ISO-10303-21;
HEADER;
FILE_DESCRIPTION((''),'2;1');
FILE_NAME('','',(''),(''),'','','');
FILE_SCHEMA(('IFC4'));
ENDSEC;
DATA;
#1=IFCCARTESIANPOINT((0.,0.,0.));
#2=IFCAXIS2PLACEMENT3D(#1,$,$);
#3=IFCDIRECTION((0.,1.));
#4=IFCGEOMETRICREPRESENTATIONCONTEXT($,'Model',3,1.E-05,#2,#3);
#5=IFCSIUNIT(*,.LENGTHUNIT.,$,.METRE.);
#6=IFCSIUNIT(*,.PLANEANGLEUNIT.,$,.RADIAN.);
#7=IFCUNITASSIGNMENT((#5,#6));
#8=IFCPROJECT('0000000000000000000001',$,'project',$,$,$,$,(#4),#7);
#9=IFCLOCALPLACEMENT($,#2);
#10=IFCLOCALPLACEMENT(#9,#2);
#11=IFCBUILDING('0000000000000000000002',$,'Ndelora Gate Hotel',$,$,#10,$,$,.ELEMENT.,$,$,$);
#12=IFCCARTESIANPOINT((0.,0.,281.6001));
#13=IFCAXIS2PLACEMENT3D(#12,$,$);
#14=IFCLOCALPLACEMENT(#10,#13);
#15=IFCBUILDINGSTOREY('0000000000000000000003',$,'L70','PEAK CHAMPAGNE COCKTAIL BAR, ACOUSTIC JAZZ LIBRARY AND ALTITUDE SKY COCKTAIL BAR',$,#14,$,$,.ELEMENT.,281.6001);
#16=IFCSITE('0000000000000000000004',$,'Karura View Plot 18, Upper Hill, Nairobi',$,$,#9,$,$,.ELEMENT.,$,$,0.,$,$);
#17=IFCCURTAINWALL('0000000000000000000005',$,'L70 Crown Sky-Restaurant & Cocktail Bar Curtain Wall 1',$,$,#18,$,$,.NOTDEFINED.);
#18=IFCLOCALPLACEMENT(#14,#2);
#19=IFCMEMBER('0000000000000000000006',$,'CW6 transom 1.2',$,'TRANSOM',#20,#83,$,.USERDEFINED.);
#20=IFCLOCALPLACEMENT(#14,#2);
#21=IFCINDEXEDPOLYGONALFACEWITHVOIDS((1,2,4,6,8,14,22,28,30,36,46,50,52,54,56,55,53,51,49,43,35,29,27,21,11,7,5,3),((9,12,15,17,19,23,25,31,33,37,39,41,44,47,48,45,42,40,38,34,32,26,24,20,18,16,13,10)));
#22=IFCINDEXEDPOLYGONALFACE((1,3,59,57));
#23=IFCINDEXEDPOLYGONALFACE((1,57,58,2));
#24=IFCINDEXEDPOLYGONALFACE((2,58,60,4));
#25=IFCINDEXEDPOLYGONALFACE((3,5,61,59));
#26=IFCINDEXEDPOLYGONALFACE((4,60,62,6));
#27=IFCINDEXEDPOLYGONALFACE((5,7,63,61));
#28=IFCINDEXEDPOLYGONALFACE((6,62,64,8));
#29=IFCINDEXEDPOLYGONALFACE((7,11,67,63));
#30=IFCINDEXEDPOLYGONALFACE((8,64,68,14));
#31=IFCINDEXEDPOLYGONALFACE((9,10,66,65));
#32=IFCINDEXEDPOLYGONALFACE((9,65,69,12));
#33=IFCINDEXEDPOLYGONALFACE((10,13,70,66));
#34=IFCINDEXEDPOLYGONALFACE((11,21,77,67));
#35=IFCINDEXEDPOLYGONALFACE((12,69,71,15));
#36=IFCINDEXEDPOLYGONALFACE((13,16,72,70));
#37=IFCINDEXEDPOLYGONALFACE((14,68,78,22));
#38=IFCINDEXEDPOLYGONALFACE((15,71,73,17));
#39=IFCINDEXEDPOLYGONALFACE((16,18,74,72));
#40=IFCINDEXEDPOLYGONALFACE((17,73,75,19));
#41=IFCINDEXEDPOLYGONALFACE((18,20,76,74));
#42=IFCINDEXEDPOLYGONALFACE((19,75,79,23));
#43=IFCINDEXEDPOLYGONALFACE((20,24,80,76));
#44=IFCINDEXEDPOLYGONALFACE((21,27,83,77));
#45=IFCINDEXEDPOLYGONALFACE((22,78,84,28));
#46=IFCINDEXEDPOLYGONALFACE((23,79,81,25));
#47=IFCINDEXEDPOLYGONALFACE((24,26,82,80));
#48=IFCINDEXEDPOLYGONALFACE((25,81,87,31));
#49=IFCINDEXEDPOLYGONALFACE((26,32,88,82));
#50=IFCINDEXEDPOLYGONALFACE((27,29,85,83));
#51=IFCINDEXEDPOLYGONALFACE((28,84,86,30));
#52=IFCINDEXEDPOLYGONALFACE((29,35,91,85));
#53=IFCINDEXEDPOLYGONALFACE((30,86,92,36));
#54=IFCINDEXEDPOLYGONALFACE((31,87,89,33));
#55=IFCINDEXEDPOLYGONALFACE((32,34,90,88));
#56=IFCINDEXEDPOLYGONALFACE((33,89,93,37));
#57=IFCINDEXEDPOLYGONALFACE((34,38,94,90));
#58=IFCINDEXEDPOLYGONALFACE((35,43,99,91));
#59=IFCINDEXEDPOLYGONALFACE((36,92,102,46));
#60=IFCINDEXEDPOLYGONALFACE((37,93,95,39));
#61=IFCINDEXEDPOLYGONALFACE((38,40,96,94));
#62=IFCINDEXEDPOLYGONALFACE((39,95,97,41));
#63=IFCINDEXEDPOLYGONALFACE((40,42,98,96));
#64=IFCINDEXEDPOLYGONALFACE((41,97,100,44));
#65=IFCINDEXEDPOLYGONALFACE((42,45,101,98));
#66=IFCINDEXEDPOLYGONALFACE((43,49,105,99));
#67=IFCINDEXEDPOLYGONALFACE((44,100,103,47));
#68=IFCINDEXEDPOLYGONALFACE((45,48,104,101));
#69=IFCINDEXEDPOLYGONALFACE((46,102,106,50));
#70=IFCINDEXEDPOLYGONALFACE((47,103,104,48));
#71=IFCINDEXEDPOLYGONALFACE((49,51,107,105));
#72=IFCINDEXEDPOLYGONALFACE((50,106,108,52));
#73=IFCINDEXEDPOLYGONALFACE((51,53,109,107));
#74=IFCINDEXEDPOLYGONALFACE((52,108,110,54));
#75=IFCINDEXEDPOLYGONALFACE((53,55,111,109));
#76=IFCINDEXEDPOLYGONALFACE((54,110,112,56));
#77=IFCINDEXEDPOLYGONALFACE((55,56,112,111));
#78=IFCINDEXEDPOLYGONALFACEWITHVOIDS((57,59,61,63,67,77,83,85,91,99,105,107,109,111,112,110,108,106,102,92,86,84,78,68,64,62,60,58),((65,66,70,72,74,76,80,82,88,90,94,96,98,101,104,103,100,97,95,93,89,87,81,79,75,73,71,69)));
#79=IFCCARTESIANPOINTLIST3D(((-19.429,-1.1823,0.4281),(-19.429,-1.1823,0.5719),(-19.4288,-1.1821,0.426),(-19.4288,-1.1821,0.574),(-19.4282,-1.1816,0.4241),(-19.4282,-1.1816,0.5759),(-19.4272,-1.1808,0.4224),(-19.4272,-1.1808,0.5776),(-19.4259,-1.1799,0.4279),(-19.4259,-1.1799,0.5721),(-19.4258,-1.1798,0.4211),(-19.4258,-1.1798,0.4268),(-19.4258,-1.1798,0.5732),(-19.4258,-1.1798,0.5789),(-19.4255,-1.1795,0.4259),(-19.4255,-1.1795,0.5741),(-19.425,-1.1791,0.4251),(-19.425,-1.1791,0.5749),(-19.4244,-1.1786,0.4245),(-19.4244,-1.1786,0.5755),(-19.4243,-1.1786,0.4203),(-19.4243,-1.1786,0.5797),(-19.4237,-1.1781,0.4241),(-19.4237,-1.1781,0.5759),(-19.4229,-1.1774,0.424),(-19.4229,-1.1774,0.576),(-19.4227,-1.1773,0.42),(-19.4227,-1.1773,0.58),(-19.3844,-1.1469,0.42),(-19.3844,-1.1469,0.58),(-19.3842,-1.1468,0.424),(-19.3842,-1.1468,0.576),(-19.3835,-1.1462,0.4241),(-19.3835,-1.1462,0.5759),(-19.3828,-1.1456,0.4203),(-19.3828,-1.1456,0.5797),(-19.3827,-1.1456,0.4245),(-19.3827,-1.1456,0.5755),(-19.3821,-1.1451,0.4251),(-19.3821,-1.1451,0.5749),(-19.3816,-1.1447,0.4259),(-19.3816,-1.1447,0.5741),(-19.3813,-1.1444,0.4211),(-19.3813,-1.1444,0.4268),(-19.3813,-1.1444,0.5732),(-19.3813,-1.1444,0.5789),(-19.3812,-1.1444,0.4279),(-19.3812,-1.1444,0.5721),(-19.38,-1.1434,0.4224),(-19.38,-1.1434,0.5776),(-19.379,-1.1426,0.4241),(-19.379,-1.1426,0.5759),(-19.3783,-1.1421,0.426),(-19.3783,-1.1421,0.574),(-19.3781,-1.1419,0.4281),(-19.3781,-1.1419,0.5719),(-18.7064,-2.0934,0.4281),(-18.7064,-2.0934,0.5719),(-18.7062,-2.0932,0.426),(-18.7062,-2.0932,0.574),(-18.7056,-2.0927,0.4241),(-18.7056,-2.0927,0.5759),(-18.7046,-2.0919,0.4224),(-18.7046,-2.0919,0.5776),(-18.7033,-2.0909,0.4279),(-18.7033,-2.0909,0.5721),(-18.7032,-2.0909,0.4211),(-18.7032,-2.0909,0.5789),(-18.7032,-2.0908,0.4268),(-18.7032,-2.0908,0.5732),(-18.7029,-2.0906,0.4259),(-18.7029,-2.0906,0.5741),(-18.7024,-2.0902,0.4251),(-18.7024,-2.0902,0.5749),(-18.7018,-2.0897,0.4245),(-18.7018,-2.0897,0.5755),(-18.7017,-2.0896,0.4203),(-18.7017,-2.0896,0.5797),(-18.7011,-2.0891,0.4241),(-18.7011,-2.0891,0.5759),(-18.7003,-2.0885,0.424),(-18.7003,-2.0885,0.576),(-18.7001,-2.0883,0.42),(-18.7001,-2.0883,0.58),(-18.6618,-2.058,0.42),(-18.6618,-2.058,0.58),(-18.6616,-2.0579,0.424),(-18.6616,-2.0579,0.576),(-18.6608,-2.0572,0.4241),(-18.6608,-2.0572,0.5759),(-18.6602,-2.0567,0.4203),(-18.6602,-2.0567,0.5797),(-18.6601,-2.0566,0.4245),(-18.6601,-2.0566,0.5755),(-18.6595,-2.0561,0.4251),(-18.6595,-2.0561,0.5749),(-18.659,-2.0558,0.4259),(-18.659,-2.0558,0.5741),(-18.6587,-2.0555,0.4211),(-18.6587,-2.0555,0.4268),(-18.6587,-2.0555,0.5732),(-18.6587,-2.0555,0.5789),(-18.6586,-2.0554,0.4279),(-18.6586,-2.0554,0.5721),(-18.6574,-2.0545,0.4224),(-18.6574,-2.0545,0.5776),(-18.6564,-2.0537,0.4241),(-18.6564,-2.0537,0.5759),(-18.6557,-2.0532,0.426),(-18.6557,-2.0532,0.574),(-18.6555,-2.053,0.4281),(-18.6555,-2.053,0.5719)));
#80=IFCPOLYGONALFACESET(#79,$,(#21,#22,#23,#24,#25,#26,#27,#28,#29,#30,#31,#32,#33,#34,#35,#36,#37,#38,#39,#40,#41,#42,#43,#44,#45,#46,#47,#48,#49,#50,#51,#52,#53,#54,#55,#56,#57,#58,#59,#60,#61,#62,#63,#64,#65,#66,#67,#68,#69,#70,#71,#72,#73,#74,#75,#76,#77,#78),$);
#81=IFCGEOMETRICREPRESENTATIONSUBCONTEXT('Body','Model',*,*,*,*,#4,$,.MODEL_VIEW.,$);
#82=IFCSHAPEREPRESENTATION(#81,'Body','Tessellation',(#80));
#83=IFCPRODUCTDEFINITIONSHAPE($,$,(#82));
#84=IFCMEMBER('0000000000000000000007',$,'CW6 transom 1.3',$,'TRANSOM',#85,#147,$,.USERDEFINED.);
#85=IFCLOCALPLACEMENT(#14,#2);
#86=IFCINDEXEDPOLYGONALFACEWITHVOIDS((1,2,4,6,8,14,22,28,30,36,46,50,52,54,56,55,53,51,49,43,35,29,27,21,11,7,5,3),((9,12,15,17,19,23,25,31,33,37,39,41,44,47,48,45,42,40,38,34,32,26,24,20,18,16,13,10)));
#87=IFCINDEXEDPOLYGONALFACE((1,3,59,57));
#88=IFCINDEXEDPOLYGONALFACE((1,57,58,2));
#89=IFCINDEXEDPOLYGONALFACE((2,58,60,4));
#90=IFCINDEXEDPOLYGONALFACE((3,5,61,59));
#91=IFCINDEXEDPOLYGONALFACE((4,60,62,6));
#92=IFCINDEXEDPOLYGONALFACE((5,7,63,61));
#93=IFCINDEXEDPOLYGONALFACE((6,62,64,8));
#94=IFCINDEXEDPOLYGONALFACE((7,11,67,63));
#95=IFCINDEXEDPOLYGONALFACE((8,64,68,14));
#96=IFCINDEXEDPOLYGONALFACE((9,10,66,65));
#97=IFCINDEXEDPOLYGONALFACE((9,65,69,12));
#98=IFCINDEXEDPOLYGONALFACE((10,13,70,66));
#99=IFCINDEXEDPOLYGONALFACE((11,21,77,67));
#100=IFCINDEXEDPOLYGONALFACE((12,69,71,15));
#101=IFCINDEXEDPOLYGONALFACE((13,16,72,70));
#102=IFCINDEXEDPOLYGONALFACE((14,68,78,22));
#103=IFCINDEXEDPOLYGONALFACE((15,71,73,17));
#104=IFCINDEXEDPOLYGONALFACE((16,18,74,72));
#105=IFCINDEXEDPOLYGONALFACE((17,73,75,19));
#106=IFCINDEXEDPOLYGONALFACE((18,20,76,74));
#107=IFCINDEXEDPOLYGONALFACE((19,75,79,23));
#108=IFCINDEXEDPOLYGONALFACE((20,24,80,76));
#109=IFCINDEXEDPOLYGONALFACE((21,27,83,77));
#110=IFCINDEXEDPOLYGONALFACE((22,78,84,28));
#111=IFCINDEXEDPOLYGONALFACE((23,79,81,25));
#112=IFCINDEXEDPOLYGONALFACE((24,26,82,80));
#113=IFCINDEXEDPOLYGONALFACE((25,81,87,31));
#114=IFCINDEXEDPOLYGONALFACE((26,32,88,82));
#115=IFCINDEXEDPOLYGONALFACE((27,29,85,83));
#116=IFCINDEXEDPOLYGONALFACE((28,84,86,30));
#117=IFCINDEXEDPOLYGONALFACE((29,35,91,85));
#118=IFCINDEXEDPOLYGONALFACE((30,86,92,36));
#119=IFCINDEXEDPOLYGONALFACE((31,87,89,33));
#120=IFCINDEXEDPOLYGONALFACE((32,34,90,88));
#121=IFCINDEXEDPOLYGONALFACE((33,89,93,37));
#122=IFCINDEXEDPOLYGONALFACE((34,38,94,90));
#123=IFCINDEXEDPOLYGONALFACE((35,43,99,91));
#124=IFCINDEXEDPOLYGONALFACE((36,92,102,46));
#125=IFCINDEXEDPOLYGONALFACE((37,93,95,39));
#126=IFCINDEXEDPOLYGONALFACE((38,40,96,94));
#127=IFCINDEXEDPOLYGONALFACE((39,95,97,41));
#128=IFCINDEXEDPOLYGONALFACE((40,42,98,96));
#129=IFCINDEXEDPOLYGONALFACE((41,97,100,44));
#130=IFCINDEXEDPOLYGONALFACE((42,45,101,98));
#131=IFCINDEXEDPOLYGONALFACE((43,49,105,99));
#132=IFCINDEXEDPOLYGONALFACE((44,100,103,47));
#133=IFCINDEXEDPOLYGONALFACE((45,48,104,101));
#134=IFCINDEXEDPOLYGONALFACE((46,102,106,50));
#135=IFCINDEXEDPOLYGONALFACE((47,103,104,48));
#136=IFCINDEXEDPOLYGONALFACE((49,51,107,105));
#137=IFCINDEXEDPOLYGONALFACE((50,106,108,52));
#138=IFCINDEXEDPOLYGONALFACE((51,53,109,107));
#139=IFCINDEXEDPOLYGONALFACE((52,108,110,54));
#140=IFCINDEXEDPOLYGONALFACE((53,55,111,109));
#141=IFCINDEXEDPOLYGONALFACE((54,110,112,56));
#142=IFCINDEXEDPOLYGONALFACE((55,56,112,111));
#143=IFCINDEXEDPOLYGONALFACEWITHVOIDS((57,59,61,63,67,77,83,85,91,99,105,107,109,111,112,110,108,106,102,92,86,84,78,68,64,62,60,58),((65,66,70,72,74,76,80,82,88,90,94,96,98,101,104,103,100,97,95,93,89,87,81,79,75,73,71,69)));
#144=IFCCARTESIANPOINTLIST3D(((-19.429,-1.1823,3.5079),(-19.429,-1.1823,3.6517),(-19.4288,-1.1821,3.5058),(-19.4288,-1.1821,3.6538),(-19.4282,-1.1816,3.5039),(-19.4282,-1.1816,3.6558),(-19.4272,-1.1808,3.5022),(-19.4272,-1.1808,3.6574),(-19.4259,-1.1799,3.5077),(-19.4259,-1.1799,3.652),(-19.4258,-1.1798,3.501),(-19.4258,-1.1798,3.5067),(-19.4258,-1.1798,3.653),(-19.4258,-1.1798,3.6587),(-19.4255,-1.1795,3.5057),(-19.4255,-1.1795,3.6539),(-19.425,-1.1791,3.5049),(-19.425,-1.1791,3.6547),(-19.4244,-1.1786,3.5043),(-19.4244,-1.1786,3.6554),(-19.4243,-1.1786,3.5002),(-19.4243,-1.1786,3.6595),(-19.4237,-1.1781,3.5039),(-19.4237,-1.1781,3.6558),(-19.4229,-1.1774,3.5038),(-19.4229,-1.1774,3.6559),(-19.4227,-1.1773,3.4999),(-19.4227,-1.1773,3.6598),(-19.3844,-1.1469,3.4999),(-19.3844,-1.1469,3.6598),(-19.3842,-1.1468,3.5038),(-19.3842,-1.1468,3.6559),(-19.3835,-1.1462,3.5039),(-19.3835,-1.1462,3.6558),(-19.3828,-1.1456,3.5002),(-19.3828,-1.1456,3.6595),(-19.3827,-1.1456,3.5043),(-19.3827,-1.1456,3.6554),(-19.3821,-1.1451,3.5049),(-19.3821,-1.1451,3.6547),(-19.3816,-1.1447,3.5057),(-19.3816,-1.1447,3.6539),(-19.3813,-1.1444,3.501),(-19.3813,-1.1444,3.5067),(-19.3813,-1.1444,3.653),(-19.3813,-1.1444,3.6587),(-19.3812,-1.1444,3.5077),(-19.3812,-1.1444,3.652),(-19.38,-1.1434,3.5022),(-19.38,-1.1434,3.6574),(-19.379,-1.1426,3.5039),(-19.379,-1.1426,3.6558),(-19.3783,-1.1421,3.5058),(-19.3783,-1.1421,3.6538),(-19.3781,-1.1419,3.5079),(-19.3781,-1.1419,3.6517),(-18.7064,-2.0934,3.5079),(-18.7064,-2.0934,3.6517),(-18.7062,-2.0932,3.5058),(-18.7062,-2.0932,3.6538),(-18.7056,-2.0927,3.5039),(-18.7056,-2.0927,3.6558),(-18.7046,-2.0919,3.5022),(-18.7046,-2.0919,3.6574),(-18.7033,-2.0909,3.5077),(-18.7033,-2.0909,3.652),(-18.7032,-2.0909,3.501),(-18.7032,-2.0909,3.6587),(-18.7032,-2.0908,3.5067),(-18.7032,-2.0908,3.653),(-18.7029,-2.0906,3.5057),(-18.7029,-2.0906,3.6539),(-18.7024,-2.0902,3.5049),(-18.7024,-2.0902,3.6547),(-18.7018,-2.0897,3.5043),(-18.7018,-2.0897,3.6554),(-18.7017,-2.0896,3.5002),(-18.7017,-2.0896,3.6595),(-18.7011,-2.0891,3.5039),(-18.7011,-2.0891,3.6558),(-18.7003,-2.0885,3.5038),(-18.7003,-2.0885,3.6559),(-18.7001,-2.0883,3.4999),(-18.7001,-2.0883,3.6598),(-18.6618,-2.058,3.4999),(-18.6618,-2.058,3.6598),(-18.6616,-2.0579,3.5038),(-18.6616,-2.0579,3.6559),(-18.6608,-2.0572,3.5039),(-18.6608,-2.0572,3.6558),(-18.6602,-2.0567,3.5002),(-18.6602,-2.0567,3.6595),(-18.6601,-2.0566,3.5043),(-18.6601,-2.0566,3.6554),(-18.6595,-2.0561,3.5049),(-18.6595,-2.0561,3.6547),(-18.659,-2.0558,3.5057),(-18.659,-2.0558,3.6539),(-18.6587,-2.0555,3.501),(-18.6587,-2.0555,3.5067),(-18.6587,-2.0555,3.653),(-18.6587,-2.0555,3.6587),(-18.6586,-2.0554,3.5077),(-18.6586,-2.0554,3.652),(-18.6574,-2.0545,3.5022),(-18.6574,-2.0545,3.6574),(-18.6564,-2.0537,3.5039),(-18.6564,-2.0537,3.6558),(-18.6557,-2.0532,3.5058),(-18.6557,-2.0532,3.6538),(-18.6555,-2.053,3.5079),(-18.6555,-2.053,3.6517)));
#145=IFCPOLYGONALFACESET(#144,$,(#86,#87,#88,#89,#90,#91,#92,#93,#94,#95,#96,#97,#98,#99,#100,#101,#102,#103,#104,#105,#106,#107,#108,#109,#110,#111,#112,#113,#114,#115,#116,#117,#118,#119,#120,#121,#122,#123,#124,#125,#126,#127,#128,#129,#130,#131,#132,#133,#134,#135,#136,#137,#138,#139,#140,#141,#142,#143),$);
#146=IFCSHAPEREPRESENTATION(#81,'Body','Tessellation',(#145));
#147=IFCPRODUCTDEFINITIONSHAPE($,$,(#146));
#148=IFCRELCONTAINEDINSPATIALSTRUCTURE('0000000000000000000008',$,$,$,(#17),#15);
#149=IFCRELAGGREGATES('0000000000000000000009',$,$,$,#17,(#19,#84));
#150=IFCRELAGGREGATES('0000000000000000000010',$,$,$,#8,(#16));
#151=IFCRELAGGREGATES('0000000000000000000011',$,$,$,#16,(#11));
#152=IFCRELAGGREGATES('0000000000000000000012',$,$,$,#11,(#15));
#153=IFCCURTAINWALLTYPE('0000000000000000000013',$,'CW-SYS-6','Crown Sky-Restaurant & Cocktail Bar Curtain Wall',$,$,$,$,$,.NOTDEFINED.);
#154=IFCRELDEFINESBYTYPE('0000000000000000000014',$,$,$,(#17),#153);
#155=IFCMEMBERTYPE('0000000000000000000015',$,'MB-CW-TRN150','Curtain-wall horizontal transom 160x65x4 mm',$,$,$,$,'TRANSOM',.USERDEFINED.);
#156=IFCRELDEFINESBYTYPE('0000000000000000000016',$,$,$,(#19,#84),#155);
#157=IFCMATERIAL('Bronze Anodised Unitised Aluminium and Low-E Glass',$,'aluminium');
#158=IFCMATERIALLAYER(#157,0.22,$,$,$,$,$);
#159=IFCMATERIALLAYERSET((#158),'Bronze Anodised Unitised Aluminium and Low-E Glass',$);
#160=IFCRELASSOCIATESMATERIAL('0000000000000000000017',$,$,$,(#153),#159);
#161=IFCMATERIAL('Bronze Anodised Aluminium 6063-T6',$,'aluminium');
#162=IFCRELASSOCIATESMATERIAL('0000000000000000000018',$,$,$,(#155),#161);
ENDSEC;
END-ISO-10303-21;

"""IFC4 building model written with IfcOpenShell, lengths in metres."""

from ifc_helpers import new_model, si_unit, direction, frame, origin, origin_2d, place, context, subcontext, project, spatial, hollow_rectangle, extrude, material, layer, layer_set, material_profile, profile_set, type_object, element, aggregate, save


model = new_model("IFC4")

# Units and contexts
model_context = context("Model", 3, precision=1e-05, world=origin(), true_north=direction((0.0, 1.0)))
body_context = subcontext(model_context, "Body", "Model", "MODEL_VIEW")
ifc_project = project(units=[si_unit("LENGTHUNIT", "METRE"), si_unit("PLANEANGLEUNIT", "RADIAN")], contexts=[model_context])

# Site, building, storey
site_placement = place(None, origin())
site = spatial("IfcSite", under=ifc_project, at=site_placement, Name="Karura View Plot 18, Upper Hill, Nairobi", CompositionType="ELEMENT", RefElevation=0.0)
building_placement = place(site_placement, origin())
building = spatial("IfcBuilding", under=site, at=building_placement, Name="Ndelora Gate Hotel", CompositionType="ELEMENT")
storey_placement = place(building_placement, frame((0.0, 0.0, 281.6001)))
storey = spatial("IfcBuildingStorey", under=building, at=storey_placement, Name="L70", Description="PEAK CHAMPAGNE COCKTAIL BAR, ACOUSTIC JAZZ LIBRARY AND ALTITUDE SKY COCKTAIL BAR", CompositionType="ELEMENT", Elevation=281.6001)

# Curtain wall, members
ifc_material_1 = material(Name="Bronze Anodised Unitised Aluminium and Low-E Glass", Category="aluminium")
ifc_layer_1 = layer(ifc_material_1, 0.22)
ifc_layer_set_1 = layer_set([ifc_layer_1], Name="Bronze Anodised Unitised Aluminium and Low-E Glass")
curtain_wall_type = type_object("IfcCurtainWallType", Name="CW-SYS-6", Description="Crown Sky-Restaurant & Cocktail Bar Curtain Wall", PredefinedType="NOTDEFINED", material=ifc_layer_set_1)
curtain_wall_placement = place(storey_placement, origin())
curtain_wall = element("IfcCurtainWall", 1, at=curtain_wall_placement, inside=storey, type_object=curtain_wall_type, Name="L70 Crown Sky-Restaurant & Cocktail Bar Curtain Wall 1", PredefinedType="NOTDEFINED")
ifc_material_2 = material(Name="Bronze Anodised Aluminium 6063-T6", Category="aluminium")
ifc_material_profile_1 = material_profile(ifc_material_2, hollow_rectangle(XDim=0.0649, YDim=0.1599, WallThickness=0.0039, InnerFilletRadius=0.0039, OuterFilletRadius=0.0081, at=origin_2d()), Name="ALU 160x65x4")
ifc_profile_set_1 = profile_set([ifc_material_profile_1], Name="Bronze Anodised Aluminium 6063-T6")
member_type_1 = type_object("IfcMemberType", Name="MB-CW-TRN150", Description="Curtain-wall horizontal transom 160x65x4 mm", ElementType="TRANSOM", PredefinedType="USERDEFINED", material=ifc_profile_set_1)
member_1_placement = place(storey_placement, frame((-19.4036, -1.1621, 0.5), z_axis=(0.621412, -0.783484, 0.0), x_axis=(0.783484, 0.621412, 0.0)))
member_1 = element("IfcMember", 2, at=member_1_placement, type_object=member_type_1, Name="CW6 transom 1.2", ObjectType="TRANSOM", PredefinedType="USERDEFINED", context=body_context, shape_type="SweptSolid", body=[
    extrude(hollow_rectangle(XDim=0.0649, YDim=0.1599, WallThickness=0.0039, InnerFilletRadius=0.0039, OuterFilletRadius=0.0081, at=origin_2d()), origin(), (0.0, 0.0, 1.0), 1.1628),
])
member_2_placement = place(storey_placement, frame((-19.4036, -1.1621, 3.5798), z_axis=(0.621412, -0.783484, 0.0), x_axis=(0.783484, 0.621412, 0.0)))
member_2 = element("IfcMember", 3, at=member_2_placement, type_object=member_type_1, Name="CW6 transom 1.3", ObjectType="TRANSOM", PredefinedType="USERDEFINED", context=body_context, shape_type="SweptSolid", body=[
    extrude(hollow_rectangle(XDim=0.0649, YDim=0.1599, WallThickness=0.0039, InnerFilletRadius=0.0039, OuterFilletRadius=0.0081, at=origin_2d()), origin(), (0.0, 0.0, 1.0), 1.1628),
])
aggregate(curtain_wall, [member_1, member_2])

save(model, "model.ifc")
